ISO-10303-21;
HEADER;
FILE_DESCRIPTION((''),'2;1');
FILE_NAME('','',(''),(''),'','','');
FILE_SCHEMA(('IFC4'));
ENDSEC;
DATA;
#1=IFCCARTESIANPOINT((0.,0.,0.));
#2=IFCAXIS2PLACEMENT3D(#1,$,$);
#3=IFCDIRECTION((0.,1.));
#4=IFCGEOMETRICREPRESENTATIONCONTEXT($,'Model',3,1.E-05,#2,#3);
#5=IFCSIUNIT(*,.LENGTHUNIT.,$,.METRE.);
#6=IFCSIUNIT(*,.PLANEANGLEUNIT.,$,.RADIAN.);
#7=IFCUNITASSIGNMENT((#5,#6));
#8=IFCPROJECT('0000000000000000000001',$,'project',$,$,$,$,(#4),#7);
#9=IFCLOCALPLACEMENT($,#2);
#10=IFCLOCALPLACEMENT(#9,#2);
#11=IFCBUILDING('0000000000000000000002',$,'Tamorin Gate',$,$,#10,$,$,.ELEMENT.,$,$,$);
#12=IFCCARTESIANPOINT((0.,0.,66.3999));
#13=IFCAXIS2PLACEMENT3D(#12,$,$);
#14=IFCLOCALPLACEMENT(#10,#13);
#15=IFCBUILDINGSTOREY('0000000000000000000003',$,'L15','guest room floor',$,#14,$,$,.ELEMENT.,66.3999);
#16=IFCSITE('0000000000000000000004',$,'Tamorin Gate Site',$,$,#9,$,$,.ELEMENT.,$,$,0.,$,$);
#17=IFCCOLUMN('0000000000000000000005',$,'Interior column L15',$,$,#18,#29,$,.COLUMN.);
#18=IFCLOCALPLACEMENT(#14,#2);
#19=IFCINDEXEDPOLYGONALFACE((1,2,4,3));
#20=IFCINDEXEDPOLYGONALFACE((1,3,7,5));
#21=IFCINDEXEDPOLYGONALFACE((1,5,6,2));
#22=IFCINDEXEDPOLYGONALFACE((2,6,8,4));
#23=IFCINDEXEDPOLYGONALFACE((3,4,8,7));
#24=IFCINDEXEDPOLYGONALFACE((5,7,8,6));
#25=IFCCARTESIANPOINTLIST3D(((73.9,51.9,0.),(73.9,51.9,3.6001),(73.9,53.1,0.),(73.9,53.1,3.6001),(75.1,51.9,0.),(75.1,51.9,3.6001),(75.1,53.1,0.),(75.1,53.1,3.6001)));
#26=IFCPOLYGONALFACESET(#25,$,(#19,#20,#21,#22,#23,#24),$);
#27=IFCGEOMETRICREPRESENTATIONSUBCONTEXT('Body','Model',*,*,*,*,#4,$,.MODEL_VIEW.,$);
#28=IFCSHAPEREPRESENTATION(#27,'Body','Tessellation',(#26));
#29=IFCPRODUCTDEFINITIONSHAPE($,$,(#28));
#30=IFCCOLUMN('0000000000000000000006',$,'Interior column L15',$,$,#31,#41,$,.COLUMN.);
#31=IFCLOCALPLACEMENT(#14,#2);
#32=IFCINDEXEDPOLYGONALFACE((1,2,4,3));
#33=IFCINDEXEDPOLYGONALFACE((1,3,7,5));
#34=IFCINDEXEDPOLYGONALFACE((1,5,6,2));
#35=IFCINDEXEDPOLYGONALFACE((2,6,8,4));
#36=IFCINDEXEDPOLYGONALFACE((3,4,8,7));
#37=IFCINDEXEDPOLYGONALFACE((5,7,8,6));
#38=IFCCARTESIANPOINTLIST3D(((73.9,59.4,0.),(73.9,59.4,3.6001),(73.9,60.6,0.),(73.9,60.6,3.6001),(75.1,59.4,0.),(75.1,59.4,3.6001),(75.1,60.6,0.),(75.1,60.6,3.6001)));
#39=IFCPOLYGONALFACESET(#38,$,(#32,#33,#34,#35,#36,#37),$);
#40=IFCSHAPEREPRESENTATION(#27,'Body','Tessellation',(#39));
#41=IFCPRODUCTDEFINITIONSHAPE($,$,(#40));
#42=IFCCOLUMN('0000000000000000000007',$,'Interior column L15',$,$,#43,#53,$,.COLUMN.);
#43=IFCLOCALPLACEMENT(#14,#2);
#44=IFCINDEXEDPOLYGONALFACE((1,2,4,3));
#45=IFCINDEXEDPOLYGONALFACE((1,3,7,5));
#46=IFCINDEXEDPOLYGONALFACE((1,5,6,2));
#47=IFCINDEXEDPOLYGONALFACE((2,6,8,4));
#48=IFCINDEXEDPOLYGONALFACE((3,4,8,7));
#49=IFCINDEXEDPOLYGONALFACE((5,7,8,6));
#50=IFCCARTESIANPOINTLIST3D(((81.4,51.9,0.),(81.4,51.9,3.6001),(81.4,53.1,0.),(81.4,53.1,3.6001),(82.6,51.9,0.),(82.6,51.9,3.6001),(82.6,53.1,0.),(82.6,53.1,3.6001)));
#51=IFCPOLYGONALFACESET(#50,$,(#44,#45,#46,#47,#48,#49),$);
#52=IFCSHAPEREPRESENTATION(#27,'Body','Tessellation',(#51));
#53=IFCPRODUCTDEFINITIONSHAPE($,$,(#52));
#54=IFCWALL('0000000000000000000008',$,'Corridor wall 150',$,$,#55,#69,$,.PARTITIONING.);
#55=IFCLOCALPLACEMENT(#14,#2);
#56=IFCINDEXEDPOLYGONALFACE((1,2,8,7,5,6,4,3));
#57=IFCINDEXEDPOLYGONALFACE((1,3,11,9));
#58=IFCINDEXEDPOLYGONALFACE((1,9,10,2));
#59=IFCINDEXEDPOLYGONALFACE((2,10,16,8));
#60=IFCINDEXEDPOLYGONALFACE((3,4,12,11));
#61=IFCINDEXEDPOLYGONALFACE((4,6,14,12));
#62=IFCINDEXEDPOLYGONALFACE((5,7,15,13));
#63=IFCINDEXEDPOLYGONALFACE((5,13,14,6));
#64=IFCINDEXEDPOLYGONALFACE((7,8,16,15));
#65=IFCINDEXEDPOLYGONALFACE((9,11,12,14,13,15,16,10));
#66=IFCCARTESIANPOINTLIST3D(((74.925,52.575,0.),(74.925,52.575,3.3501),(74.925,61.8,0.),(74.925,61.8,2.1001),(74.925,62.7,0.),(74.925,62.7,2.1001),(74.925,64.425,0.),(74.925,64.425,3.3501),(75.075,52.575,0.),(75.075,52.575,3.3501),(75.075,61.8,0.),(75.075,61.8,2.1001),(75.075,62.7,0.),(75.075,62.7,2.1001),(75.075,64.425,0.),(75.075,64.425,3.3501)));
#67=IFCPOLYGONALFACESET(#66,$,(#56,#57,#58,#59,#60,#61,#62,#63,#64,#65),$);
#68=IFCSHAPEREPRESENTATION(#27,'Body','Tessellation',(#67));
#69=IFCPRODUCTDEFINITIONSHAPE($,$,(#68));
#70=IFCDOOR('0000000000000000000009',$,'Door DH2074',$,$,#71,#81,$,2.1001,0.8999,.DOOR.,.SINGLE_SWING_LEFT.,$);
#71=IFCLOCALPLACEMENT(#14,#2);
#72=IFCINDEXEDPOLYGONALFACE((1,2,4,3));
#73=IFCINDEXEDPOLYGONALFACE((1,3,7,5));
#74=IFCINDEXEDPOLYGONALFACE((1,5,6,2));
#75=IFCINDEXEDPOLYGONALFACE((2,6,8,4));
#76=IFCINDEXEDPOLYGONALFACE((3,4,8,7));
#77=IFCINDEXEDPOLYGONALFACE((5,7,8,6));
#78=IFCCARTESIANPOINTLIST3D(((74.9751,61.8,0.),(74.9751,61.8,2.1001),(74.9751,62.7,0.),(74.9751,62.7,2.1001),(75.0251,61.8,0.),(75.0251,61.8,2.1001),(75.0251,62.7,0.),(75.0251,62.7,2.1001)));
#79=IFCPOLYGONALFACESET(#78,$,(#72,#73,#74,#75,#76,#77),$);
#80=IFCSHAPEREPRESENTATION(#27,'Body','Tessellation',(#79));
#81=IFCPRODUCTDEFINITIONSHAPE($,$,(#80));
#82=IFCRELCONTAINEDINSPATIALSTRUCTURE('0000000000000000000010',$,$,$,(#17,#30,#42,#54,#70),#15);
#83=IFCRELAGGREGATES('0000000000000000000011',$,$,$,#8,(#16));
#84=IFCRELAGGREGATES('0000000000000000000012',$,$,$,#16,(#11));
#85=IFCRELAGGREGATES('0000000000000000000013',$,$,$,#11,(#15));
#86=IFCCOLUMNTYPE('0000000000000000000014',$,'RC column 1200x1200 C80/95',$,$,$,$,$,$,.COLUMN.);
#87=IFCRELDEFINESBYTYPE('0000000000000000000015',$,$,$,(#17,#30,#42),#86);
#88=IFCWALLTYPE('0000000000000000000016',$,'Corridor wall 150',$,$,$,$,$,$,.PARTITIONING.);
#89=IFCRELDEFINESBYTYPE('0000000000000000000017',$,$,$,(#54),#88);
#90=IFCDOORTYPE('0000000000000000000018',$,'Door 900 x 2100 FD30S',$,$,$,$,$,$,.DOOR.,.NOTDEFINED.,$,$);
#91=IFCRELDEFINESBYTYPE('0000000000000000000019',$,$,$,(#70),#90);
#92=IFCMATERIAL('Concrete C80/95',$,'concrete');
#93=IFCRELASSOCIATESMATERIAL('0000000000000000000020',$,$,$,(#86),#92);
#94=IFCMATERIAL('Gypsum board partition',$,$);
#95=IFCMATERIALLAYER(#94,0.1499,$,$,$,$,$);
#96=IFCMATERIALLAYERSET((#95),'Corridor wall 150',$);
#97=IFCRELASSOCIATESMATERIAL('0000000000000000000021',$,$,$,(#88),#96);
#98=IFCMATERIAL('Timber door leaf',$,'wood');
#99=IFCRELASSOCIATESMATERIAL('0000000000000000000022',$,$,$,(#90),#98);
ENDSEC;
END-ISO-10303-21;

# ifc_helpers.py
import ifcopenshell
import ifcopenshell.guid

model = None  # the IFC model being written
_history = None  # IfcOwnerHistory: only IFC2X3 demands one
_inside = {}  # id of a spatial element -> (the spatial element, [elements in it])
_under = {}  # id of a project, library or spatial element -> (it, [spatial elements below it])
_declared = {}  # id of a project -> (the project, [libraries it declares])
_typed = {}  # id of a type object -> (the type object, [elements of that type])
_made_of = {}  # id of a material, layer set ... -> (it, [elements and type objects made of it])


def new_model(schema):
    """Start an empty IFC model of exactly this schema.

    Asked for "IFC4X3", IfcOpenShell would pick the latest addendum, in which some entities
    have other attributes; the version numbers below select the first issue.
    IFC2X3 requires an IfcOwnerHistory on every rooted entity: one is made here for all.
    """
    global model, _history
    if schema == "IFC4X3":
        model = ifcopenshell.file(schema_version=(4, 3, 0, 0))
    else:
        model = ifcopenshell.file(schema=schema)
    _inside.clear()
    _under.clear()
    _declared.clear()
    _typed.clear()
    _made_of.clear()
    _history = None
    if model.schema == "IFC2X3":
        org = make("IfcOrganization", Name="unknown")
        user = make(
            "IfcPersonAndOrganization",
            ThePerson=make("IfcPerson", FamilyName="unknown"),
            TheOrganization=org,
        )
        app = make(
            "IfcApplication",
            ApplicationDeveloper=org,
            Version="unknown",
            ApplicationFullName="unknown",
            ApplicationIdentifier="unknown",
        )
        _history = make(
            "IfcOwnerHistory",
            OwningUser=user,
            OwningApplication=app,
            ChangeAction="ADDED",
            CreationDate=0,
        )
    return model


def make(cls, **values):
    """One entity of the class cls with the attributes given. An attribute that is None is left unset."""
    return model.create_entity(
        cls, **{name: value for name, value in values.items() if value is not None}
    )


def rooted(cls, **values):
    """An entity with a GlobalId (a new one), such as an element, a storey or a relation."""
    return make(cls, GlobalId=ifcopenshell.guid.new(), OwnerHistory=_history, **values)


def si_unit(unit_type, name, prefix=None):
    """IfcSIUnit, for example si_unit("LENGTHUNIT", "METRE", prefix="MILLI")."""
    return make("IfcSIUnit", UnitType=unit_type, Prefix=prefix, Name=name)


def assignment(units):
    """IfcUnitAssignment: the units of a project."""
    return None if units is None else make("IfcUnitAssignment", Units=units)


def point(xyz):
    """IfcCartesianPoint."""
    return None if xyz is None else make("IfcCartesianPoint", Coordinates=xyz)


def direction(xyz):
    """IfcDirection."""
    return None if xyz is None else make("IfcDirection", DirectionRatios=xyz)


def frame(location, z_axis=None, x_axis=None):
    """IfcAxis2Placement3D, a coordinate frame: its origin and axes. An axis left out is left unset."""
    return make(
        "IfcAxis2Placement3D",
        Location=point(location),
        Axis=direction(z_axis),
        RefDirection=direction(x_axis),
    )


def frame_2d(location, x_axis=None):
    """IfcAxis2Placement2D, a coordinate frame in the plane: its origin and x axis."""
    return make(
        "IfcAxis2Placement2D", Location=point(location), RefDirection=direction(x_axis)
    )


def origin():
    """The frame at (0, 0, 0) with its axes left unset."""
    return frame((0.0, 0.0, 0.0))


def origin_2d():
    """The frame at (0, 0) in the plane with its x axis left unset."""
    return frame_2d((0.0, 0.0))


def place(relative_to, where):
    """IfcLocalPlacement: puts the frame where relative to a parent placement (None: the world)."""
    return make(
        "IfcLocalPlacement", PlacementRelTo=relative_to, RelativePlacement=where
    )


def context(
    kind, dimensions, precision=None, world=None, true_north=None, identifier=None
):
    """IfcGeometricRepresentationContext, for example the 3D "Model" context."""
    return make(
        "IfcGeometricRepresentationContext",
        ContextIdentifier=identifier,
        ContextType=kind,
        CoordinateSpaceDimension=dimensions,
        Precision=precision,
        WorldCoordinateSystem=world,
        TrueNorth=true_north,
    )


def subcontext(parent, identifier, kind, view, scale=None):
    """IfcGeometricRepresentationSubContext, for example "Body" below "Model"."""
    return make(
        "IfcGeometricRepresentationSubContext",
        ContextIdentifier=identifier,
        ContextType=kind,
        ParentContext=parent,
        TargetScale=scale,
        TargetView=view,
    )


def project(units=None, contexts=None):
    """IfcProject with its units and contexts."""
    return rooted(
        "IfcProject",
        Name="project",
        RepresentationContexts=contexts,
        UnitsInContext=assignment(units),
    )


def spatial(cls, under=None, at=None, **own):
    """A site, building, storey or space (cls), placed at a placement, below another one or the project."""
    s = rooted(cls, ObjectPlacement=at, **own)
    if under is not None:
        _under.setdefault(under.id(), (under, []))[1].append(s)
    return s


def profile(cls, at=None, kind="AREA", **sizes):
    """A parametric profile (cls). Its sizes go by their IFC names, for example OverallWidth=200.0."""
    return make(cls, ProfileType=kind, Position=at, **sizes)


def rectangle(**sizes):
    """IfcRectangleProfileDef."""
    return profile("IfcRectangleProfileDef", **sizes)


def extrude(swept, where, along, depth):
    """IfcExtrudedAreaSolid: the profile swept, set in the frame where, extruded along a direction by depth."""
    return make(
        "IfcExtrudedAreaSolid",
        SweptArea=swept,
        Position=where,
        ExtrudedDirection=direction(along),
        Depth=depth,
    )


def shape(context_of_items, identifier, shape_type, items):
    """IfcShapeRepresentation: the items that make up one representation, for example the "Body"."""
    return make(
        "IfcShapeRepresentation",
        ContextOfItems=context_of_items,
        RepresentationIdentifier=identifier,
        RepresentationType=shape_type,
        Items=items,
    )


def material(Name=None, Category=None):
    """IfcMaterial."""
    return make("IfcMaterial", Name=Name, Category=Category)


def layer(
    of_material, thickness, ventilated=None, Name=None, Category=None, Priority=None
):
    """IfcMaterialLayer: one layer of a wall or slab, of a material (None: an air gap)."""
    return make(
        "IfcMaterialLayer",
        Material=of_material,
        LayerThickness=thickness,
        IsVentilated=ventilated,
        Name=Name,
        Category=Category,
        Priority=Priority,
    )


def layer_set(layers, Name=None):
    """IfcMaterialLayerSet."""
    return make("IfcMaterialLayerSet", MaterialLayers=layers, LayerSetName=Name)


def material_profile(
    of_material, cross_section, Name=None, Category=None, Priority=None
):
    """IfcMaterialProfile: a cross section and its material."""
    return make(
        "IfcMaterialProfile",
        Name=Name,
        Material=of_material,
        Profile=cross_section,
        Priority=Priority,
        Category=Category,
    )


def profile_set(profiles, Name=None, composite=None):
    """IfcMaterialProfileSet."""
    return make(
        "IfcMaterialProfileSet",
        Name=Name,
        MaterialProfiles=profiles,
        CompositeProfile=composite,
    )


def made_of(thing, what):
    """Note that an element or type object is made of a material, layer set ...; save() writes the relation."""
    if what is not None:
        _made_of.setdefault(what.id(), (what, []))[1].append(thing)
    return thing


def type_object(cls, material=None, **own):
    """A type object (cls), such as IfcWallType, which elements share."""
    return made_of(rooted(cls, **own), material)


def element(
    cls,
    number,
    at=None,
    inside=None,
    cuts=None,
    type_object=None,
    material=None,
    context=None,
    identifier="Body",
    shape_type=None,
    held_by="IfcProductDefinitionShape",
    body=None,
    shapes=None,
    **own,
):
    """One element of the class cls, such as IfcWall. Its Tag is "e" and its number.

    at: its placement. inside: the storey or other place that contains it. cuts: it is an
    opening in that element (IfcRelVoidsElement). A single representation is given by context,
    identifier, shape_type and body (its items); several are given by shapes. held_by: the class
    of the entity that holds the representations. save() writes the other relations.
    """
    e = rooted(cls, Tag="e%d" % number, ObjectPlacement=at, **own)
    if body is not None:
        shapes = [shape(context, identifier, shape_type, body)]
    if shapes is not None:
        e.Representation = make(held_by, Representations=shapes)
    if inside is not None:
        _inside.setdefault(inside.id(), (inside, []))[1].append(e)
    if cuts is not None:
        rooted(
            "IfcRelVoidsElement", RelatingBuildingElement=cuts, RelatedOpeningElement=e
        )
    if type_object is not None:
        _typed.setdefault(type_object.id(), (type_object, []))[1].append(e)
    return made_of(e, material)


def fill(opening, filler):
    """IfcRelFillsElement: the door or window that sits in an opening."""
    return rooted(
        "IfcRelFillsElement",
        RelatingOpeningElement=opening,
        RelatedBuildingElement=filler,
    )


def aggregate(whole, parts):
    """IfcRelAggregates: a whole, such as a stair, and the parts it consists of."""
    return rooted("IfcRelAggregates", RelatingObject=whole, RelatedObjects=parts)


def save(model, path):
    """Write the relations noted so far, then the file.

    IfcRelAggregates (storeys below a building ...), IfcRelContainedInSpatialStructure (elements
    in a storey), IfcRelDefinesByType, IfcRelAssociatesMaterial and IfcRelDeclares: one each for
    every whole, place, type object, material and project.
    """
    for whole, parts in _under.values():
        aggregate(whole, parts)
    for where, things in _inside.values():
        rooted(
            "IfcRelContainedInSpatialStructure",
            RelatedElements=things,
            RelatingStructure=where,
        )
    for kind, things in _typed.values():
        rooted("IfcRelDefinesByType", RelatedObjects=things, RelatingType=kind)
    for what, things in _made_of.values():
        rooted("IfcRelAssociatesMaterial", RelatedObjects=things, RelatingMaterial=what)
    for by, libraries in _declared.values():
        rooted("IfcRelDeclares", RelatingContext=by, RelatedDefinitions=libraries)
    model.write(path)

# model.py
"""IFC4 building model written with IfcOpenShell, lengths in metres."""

from ifc_helpers import new_model, si_unit, direction, frame, frame_2d, origin, origin_2d, place, context, subcontext, project, spatial, rectangle, extrude, material, layer, layer_set, material_profile, profile_set, type_object, element, fill, save


model = new_model("IFC4")

# Units and contexts
model_context = context("Model", 3, precision=1e-05, world=origin(), true_north=direction((0.0, 1.0)))
body_context = subcontext(model_context, "Body", "Model", "MODEL_VIEW")
ifc_project = project(units=[si_unit("LENGTHUNIT", "METRE"), si_unit("PLANEANGLEUNIT", "RADIAN")], contexts=[model_context])

# Site, building, storey
site_placement = place(None, origin())
site = spatial("IfcSite", under=ifc_project, at=site_placement, Name="Tamorin Gate Site", CompositionType="ELEMENT", RefElevation=0.0)
building_placement = place(site_placement, origin())
building = spatial("IfcBuilding", under=site, at=building_placement, Name="Tamorin Gate", CompositionType="ELEMENT")
storey_placement = place(building_placement, frame((0.0, 0.0, 66.3999)))
storey = spatial("IfcBuildingStorey", under=building, at=storey_placement, Name="L15", Description="guest room floor", CompositionType="ELEMENT", Elevation=66.3999)

# Columns
ifc_material_1 = material(Name="Concrete C80/95", Category="concrete")
ifc_material_profile = material_profile(ifc_material_1, rectangle(XDim=1.2, YDim=1.2, at=origin_2d()), Name="RC 1200x1200")
ifc_profile_set = profile_set([ifc_material_profile], Name="Concrete C80/95")
column_type = type_object("IfcColumnType", Name="RC column 1200x1200 C80/95", PredefinedType="COLUMN", material=ifc_profile_set)
for number, where, z_axis, x_axis, name in (
    (1, (74.5, 52.5, 0.0), (0.0, 0.0, 1.0), (1.0, 0.0, 0.0), "Interior column L15"),
    (2, (74.5, 60.0, 0.0), (0.0, 0.0, 1.0), (1.0, 0.0, 0.0), "Interior column L15"),
    (3, (82.0, 52.5, 0.0), (0.0, 0.0, 1.0), (1.0, 0.0, 0.0), "Interior column L15"),
):
    element("IfcColumn", number, at=place(storey_placement, frame(where, z_axis=z_axis, x_axis=x_axis)), inside=storey, type_object=column_type, Name=name, PredefinedType="COLUMN", context=body_context, shape_type="SweptSolid", body=[
        extrude(rectangle(XDim=1.2, YDim=1.2, at=origin_2d()), origin(), (0.0, 0.0, 1.0), 3.6001),
    ])

# Wall, opening, door
ifc_material_2 = material(Name="Gypsum board partition")
ifc_layer_1 = layer(ifc_material_2, 0.1499)
ifc_layer_set_1 = layer_set([ifc_layer_1], Name="Corridor wall 150")
wall_type_1 = type_object("IfcWallType", Name="Corridor wall 150", PredefinedType="PARTITIONING", material=ifc_layer_set_1)
wall_1_placement = place(storey_placement, frame((75.0, 52.575, 0.0), z_axis=(0.0, 0.0, 1.0), x_axis=(0.0, 1.0, 0.0)))
wall_1 = element("IfcWall", 4, at=wall_1_placement, inside=storey, type_object=wall_type_1, Name="Corridor wall 150", PredefinedType="PARTITIONING", context=body_context, shape_type="SweptSolid", body=[
    extrude(rectangle(XDim=11.8501, YDim=0.1499, at=frame_2d((5.925, 0.0))), origin(), (0.0, 0.0, 1.0), 3.3501),
])
opening_1_placement = place(wall_1_placement, frame((9.2251, 0.0, 0.0)))
opening_1 = element("IfcOpeningElement", 5, at=opening_1_placement, cuts=wall_1, PredefinedType="OPENING", context=body_context, shape_type="SweptSolid", body=[
    extrude(rectangle(XDim=0.8999, YDim=2.1001, at=frame_2d((0.45, 1.05))), frame((0.0, 0.085, 0.0), z_axis=(0.0, -1.0, 0.0), x_axis=(1.0, 0.0, 0.0)), (0.0, 0.0, 1.0), 0.1699),
])
ifc_material_3 = material(Name="Timber door leaf", Category="wood")
door_type_1 = type_object("IfcDoorType", Name="Door 900 x 2100 FD30S", OperationType="NOTDEFINED", PredefinedType="DOOR", material=ifc_material_3)
door_1_placement = place(opening_1_placement, origin())
door_1 = element("IfcDoor", 6, at=door_1_placement, inside=storey, type_object=door_type_1, Name="Door DH2074", OperationType="SINGLE_SWING_LEFT", OverallHeight=2.1001, OverallWidth=0.8999, PredefinedType="DOOR", context=body_context, shape_type="SweptSolid", body=[
    extrude(rectangle(XDim=0.8999, YDim=2.1001, at=frame_2d((0.45, 1.05))), frame((0.0, 0.0249, 0.0), z_axis=(0.0, -1.0, 0.0), x_axis=(1.0, 0.0, 0.0)), (0.0, 0.0, 1.0), 0.05),
])
fill(opening_1, door_1)

save(model, "model.ifc")
